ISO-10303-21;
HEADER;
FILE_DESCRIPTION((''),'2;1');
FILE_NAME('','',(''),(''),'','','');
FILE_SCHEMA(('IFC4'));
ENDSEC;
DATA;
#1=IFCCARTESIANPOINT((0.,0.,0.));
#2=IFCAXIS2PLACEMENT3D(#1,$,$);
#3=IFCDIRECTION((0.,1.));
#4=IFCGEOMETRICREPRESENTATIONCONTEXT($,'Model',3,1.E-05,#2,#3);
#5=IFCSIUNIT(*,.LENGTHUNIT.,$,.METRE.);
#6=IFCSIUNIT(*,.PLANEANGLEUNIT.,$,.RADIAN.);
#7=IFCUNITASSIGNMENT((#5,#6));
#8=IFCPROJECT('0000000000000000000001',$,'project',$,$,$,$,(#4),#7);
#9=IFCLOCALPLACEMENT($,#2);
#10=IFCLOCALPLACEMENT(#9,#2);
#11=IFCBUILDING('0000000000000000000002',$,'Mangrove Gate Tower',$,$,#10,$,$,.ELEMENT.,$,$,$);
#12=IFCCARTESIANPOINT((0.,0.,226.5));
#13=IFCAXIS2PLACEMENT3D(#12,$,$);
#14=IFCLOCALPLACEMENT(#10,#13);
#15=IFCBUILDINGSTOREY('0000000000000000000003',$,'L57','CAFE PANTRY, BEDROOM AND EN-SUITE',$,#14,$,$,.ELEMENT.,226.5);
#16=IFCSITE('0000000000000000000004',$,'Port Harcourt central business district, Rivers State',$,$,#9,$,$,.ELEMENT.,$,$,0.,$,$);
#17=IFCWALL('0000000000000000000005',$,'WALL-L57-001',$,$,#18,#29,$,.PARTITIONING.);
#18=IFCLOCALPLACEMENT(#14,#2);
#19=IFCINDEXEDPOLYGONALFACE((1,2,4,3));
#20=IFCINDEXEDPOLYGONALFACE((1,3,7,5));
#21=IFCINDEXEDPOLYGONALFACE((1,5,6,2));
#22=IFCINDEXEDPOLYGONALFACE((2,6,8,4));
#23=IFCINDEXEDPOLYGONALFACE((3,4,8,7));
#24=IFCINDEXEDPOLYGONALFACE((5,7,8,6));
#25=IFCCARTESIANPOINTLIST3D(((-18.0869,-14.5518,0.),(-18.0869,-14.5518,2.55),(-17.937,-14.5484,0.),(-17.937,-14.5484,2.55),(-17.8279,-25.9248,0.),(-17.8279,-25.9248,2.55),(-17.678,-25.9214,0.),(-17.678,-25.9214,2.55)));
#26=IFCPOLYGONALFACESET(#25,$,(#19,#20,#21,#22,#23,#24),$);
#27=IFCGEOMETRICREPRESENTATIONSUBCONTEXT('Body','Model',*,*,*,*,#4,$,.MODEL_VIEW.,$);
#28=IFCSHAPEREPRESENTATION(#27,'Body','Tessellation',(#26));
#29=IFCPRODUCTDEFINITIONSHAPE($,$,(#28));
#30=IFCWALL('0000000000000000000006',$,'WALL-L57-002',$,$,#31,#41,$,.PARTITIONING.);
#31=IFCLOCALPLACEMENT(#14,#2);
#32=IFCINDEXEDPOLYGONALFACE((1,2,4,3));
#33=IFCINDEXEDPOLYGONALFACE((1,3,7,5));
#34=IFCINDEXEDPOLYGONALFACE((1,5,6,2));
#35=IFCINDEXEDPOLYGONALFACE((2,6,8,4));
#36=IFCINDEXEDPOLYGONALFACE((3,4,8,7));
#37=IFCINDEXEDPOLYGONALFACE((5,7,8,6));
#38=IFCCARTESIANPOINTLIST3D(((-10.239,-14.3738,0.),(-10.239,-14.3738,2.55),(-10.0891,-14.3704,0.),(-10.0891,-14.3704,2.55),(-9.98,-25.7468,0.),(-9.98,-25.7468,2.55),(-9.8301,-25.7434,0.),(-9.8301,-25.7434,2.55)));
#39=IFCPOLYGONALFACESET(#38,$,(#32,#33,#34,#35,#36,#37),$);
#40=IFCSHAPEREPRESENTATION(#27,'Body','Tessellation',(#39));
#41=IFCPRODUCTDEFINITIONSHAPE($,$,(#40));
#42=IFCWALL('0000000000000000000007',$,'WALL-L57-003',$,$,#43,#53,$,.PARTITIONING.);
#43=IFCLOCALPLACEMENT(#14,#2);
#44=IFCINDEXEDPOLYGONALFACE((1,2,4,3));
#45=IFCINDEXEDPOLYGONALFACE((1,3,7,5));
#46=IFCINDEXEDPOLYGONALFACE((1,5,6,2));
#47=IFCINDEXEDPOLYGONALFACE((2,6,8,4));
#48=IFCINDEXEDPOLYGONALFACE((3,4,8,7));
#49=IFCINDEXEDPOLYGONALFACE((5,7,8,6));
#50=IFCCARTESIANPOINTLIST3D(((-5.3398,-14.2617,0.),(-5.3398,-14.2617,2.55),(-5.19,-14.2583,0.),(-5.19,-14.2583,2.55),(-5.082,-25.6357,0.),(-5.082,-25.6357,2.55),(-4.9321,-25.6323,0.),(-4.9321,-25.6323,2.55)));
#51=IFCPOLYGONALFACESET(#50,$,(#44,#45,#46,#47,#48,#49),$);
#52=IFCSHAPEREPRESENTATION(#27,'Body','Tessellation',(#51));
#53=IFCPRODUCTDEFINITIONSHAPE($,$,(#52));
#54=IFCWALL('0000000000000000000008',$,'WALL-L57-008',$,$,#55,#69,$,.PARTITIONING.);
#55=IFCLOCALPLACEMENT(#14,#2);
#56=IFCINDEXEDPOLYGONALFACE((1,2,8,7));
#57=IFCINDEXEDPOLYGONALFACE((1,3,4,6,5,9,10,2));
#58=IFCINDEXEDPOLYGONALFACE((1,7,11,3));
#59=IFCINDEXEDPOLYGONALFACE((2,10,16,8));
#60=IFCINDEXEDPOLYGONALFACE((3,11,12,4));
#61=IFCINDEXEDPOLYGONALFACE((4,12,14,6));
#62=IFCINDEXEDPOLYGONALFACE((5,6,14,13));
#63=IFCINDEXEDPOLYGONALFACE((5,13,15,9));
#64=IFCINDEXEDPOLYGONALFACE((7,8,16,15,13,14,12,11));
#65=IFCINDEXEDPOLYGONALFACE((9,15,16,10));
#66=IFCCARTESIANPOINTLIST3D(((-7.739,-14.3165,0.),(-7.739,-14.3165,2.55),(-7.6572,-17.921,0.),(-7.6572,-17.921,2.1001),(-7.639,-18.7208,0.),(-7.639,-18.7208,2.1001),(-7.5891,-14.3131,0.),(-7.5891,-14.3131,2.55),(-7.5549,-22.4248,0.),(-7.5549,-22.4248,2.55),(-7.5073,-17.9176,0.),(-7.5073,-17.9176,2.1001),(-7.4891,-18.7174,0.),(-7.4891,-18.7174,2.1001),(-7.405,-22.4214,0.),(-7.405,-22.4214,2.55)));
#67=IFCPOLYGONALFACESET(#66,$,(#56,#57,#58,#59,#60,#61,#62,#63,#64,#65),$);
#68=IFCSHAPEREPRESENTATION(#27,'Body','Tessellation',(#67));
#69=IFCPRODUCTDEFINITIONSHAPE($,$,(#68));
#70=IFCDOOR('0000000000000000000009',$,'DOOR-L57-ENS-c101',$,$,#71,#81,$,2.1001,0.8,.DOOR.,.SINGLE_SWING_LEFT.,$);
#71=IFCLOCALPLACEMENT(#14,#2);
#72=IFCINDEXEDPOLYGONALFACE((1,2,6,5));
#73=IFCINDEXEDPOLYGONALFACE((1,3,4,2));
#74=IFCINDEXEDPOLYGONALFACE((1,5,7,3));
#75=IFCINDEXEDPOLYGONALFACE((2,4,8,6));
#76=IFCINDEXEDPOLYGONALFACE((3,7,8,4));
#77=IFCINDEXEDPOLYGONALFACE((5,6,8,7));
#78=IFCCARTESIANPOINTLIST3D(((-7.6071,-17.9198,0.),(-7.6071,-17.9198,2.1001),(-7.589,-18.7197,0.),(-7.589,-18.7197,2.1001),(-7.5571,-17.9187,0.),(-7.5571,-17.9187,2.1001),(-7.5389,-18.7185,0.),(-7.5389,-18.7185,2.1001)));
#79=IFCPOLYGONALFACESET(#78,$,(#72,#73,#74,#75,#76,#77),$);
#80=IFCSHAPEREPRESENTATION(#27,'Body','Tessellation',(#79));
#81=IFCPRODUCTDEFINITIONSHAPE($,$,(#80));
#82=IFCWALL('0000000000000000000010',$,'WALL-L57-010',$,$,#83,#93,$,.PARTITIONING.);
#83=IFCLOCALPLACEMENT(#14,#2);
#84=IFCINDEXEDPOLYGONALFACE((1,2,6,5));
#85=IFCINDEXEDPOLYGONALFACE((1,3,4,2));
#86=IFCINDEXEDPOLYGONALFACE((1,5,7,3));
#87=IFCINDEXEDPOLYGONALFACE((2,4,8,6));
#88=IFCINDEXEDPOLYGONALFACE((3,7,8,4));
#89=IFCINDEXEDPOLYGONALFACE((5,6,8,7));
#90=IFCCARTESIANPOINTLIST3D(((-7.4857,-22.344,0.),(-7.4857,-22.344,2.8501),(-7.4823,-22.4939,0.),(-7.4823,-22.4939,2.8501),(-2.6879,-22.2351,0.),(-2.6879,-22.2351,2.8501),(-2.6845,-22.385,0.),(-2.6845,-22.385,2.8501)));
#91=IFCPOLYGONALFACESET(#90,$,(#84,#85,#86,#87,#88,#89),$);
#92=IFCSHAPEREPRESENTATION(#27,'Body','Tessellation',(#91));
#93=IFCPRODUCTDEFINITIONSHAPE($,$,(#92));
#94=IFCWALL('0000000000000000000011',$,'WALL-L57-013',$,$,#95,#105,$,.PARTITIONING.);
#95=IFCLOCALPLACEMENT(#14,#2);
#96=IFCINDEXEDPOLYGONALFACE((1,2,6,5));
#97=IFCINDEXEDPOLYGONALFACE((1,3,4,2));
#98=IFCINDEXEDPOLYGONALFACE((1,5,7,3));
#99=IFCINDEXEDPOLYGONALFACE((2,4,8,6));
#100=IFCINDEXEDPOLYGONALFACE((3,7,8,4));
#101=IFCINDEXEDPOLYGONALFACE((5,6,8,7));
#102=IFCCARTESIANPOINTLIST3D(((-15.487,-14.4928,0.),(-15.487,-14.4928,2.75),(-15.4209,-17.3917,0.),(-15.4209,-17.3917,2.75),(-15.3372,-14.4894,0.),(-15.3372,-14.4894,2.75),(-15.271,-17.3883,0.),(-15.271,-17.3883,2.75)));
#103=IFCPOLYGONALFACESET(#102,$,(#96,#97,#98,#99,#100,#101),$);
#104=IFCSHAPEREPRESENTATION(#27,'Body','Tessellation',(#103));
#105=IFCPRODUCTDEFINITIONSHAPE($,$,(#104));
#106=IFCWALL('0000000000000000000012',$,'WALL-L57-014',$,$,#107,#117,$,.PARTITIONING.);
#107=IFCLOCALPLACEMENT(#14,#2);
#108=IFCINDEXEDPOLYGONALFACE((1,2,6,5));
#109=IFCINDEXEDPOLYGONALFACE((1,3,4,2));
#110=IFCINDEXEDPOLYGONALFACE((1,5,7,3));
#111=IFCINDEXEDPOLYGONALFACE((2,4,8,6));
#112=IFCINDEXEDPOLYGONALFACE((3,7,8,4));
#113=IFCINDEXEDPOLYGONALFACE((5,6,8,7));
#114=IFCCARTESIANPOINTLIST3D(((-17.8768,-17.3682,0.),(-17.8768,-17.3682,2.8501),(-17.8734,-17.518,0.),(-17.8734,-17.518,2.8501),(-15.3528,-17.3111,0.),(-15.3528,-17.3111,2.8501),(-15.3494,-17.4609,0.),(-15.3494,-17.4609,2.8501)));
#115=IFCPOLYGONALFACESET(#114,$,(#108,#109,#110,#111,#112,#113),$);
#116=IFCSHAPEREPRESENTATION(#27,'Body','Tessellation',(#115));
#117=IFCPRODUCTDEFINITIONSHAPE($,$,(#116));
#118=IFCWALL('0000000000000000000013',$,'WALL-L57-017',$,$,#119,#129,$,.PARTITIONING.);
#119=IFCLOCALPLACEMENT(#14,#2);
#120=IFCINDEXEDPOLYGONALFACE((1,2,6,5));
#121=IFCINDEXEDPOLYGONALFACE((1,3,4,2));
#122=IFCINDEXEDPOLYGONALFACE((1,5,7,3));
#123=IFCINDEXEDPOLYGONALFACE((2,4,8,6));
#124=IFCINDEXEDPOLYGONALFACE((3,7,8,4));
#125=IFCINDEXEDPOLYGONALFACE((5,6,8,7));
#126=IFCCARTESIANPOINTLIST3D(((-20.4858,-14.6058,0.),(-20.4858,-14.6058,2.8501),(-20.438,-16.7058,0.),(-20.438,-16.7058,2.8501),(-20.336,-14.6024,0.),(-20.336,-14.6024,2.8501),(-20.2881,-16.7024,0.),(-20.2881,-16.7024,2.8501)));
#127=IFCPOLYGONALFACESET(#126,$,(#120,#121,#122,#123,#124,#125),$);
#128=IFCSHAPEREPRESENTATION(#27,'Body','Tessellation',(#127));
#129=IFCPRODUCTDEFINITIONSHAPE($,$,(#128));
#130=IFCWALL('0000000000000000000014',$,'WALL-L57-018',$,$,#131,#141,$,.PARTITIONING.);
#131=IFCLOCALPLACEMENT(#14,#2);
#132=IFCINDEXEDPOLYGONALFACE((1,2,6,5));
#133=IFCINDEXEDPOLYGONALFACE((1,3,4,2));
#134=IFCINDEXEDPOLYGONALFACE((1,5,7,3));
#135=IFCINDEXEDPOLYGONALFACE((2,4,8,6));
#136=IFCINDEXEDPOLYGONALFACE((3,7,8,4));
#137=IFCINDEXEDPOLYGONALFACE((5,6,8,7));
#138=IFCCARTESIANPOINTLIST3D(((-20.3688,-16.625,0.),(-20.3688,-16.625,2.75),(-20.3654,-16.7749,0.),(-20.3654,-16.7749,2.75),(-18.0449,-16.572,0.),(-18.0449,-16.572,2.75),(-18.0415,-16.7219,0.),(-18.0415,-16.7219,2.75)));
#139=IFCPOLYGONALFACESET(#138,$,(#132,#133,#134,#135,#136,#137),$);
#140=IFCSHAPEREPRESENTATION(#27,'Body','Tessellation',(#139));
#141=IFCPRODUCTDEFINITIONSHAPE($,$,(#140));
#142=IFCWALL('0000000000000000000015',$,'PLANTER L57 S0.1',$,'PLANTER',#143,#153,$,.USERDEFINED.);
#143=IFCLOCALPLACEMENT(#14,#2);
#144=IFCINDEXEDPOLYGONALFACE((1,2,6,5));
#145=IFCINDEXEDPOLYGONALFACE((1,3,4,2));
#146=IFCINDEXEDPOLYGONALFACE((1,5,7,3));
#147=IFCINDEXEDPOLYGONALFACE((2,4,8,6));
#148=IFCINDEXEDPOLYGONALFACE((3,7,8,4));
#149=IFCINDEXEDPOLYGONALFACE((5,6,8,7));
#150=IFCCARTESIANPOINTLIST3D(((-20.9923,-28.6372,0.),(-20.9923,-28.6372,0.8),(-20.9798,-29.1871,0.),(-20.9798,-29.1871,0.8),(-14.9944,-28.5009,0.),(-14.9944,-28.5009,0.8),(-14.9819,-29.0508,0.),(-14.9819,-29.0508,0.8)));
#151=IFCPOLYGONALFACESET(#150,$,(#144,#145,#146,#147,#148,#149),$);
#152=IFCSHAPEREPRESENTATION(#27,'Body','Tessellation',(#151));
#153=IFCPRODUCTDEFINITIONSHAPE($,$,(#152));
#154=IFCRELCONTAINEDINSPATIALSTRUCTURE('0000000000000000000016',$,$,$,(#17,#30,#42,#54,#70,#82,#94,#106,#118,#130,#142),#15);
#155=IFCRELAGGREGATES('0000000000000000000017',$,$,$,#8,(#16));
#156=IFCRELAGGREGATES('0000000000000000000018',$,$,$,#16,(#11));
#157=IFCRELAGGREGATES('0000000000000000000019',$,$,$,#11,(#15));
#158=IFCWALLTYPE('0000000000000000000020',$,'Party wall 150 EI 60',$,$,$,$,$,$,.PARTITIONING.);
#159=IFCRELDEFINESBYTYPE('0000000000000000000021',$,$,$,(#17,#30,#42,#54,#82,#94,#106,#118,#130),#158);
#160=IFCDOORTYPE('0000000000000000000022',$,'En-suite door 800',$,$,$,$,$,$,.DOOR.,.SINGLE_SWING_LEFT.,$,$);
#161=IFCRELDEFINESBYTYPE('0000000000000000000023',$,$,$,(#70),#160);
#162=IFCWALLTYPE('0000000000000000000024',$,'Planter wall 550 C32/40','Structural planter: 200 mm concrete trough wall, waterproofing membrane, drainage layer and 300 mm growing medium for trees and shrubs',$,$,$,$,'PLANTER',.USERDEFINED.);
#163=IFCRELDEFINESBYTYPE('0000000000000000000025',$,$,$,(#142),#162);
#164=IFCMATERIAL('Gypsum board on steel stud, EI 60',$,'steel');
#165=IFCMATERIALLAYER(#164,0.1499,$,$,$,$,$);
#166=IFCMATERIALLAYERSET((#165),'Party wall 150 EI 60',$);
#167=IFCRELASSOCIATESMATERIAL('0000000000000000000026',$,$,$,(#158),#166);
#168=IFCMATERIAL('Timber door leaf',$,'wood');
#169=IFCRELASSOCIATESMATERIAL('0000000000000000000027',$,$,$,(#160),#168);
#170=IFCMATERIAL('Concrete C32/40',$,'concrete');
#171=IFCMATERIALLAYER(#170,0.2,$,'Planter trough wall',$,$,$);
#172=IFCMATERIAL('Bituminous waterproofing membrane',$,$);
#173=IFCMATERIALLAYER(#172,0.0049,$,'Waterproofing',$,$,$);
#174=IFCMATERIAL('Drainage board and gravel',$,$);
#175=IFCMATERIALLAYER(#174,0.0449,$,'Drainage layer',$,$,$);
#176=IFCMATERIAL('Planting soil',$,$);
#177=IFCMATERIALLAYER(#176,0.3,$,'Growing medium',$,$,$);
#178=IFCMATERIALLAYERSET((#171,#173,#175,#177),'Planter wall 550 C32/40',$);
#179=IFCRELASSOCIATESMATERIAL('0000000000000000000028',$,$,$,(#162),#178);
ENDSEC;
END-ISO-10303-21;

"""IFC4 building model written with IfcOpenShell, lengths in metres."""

from ifc_helpers import new_model, si_unit, direction, frame, frame_2d, origin, place, context, subcontext, project, spatial, rectangle, extrude, material, layer, layer_set, type_object, element, fill, save


model = new_model("IFC4")

# Units and contexts
model_context = context("Model", 3, precision=1e-05, world=origin(), true_north=direction((0.0, 1.0)))
body_context = subcontext(model_context, "Body", "Model", "MODEL_VIEW")
ifc_project = project(units=[si_unit("LENGTHUNIT", "METRE"), si_unit("PLANEANGLEUNIT", "RADIAN")], contexts=[model_context])

# Site, building, storey
site_placement = place(None, origin())
site = spatial("IfcSite", under=ifc_project, at=site_placement, Name="Port Harcourt central business district, Rivers State", CompositionType="ELEMENT", RefElevation=0.0)
building_placement = place(site_placement, origin())
building = spatial("IfcBuilding", under=site, at=building_placement, Name="Mangrove Gate Tower", CompositionType="ELEMENT")
storey_placement = place(building_placement, frame((0.0, 0.0, 226.5)))
storey = spatial("IfcBuildingStorey", under=building, at=storey_placement, Name="L57", Description="CAFE PANTRY, BEDROOM AND EN-SUITE", CompositionType="ELEMENT", Elevation=226.5)

# Walls
ifc_material_1 = material(Name="Gypsum board on steel stud, EI 60", Category="steel")
ifc_layer_1 = layer(ifc_material_1, 0.1499)
ifc_layer_set_1 = layer_set([ifc_layer_1], Name="Party wall 150 EI 60")
wall_type_1 = type_object("IfcWallType", Name="Party wall 150 EI 60", PredefinedType="PARTITIONING", material=ifc_layer_set_1)
for number, where, z_axis, x_axis, name in (
    (1, (-17.7529, -25.9231, 0.0), (0.0, 0.0, 1.0), (-0.02277, 0.999741, 0.0), "WALL-L57-001"),
    (2, (-9.905, -25.7451, 0.0), (0.0, 0.0, 1.0), (-0.02277, 0.999741, 0.0), "WALL-L57-002"),
):
    element("IfcWall", number, at=place(storey_placement, frame(where, z_axis=z_axis, x_axis=x_axis)), inside=storey, type_object=wall_type_1, Name=name, PredefinedType="PARTITIONING", context=body_context, shape_type="SweptSolid", body=[
        extrude(rectangle(XDim=11.376, YDim=0.1499, at=frame_2d((5.688, 0.0))), origin(), (0.0, 0.0, 1.0), 2.55),
    ])
wall_1_placement = place(storey_placement, frame((-5.0071, -25.634, 0.0), z_axis=(0.0, 0.0, 1.0), x_axis=(-0.022661, 0.999743, 0.0)))
element("IfcWall", 3, at=wall_1_placement, inside=storey, type_object=wall_type_1, Name="WALL-L57-003", PredefinedType="PARTITIONING", context=body_context, shape_type="SweptSolid", body=[
    extrude(rectangle(XDim=11.377, YDim=0.1499, at=frame_2d((5.6885, 0.0))), origin(), (0.0, 0.0, 1.0), 2.55),
])

# Wall, opening, door
wall_2_placement = place(storey_placement, frame((-7.48, -22.4231, 0.0), z_axis=(0.0, 0.0, 1.0), x_axis=(-0.022697, 0.999742, 0.0)))
wall_2 = element("IfcWall", 4, at=wall_2_placement, inside=storey, type_object=wall_type_1, Name="WALL-L57-008", PredefinedType="PARTITIONING", context=body_context, shape_type="SweptSolid", body=[
    extrude(rectangle(XDim=8.1104, YDim=0.1499, at=frame_2d((4.0552, 0.0))), origin(), (0.0, 0.0, 1.0), 2.55),
])
opening_1_placement = place(wall_2_placement, frame((3.7051, 0.0, 0.0)))
opening_1 = element("IfcOpeningElement", 5, at=opening_1_placement, cuts=wall_2, PredefinedType="OPENING", context=body_context, shape_type="SweptSolid", body=[
    extrude(rectangle(XDim=0.8, YDim=2.1001, at=frame_2d((0.3999, 1.05))), frame((0.0, 0.085, 0.0), z_axis=(0.0, -1.0, 0.0), x_axis=(1.0, 0.0, 0.0)), (0.0, 0.0, 1.0), 0.1699),
])
ifc_material_2 = material(Name="Timber door leaf", Category="wood")
door_type_1 = type_object("IfcDoorType", Name="En-suite door 800", OperationType="SINGLE_SWING_LEFT", PredefinedType="DOOR", material=ifc_material_2)
door_1_placement = place(opening_1_placement, origin())
door_1 = element("IfcDoor", 6, at=door_1_placement, inside=storey, type_object=door_type_1, Name="DOOR-L57-ENS-c101", OperationType="SINGLE_SWING_LEFT", OverallHeight=2.1001, OverallWidth=0.8, PredefinedType="DOOR", context=body_context, shape_type="SweptSolid", body=[
    extrude(rectangle(XDim=0.8, YDim=2.1001, at=frame_2d((0.3999, 1.05))), frame((0.0, 0.0249, 0.0), z_axis=(0.0, -1.0, 0.0), x_axis=(1.0, 0.0, 0.0)), (0.0, 0.0, 1.0), 0.05),
])
fill(opening_1, door_1)

# Walls
wall_3_placement = place(storey_placement, frame((-7.4839, -22.4189, 0.0), z_axis=(0.0, 0.0, 1.0), x_axis=(0.999743, 0.022689, 0.0)))
element("IfcWall", 7, at=wall_3_placement, inside=storey, type_object=wall_type_1, Name="WALL-L57-010", PredefinedType="PARTITIONING", context=body_context, shape_type="SweptSolid", body=[
    extrude(rectangle(XDim=4.7991, YDim=0.1499, at=frame_2d((2.3994, 0.0))), origin(), (0.0, 0.0, 1.0), 2.8501),
])
wall_4_placement = place(storey_placement, frame((-15.3459, -17.3899, 0.0), z_axis=(0.0, 0.0, 1.0), x_axis=(-0.022817, 0.99974, 0.0)))
element("IfcWall", 8, at=wall_4_placement, inside=storey, type_object=wall_type_1, Name="WALL-L57-013", PredefinedType="PARTITIONING", context=body_context, shape_type="SweptSolid", body=[
    extrude(rectangle(XDim=2.8997, YDim=0.1499, at=frame_2d((1.4497, 0.0))), origin(), (0.0, 0.0, 1.0), 2.75),
])
wall_5_placement = place(storey_placement, frame((-17.875, -17.4431, 0.0), z_axis=(0.0, 0.0, 1.0), x_axis=(0.999744, 0.022629, 0.0)))
element("IfcWall", 9, at=wall_5_placement, inside=storey, type_object=wall_type_1, Name="WALL-L57-014", PredefinedType="PARTITIONING", context=body_context, shape_type="SweptSolid", body=[
    extrude(rectangle(XDim=2.5247, YDim=0.1499, at=frame_2d((1.2622, 0.0))), origin(), (0.0, 0.0, 1.0), 2.8501),
])
wall_6_placement = place(storey_placement, frame((-20.363, -16.7041, 0.0), z_axis=(0.0, 0.0, 1.0), x_axis=(-0.022779, 0.999741, 0.0)))
element("IfcWall", 10, at=wall_6_placement, inside=storey, type_object=wall_type_1, Name="WALL-L57-017", PredefinedType="PARTITIONING", context=body_context, shape_type="SweptSolid", body=[
    extrude(rectangle(XDim=2.1006, YDim=0.1499, at=frame_2d((1.0503, 0.0))), origin(), (0.0, 0.0, 1.0), 2.8501),
])
wall_7_placement = place(storey_placement, frame((-20.3669, -16.7, 0.0), z_axis=(0.0, 0.0, 1.0), x_axis=(0.99974, 0.022791, 0.0)))
element("IfcWall", 11, at=wall_7_placement, inside=storey, type_object=wall_type_1, Name="WALL-L57-018", PredefinedType="PARTITIONING", context=body_context, shape_type="SweptSolid", body=[
    extrude(rectangle(XDim=2.3245, YDim=0.1499, at=frame_2d((1.1621, 0.0))), origin(), (0.0, 0.0, 1.0), 2.75),
])
ifc_material_3 = material(Name="Concrete C32/40", Category="concrete")
ifc_layer_2 = layer(ifc_material_3, 0.2, Name="Planter trough wall")
ifc_material_4 = material(Name="Bituminous waterproofing membrane")
ifc_layer_3 = layer(ifc_material_4, 0.0049, Name="Waterproofing")
ifc_material_5 = material(Name="Drainage board and gravel")
ifc_layer_4 = layer(ifc_material_5, 0.0449, Name="Drainage layer")
ifc_material_6 = material(Name="Planting soil")
ifc_layer_5 = layer(ifc_material_6, 0.3, Name="Growing medium")
ifc_layer_set_2 = layer_set([ifc_layer_2, ifc_layer_3, ifc_layer_4, ifc_layer_5], Name="Planter wall 550 C32/40")
wall_type_2 = type_object("IfcWallType", Name="Planter wall 550 C32/40", Description="Structural planter: 200 mm concrete trough wall, waterproofing membrane, drainage layer and 300 mm growing medium for trees and shrubs", ElementType="PLANTER", PredefinedType="USERDEFINED", material=ifc_layer_set_2)
wall_8_placement = place(storey_placement, frame((-20.9861, -28.9121, 0.0), z_axis=(0.0, 0.0, 1.0), x_axis=(0.999742, 0.022707, 0.0)))
element("IfcWall", 12, at=wall_8_placement, inside=storey, type_object=wall_type_2, Name="PLANTER L57 S0.1", ObjectType="PLANTER", PredefinedType="USERDEFINED", context=body_context, shape_type="SweptSolid", body=[
    extrude(rectangle(XDim=5.9995, YDim=0.55, at=frame_2d((2.9998, 0.0))), origin(), (0.0, 0.0, 1.0), 0.8),
])

save(model, "model.ifc")
